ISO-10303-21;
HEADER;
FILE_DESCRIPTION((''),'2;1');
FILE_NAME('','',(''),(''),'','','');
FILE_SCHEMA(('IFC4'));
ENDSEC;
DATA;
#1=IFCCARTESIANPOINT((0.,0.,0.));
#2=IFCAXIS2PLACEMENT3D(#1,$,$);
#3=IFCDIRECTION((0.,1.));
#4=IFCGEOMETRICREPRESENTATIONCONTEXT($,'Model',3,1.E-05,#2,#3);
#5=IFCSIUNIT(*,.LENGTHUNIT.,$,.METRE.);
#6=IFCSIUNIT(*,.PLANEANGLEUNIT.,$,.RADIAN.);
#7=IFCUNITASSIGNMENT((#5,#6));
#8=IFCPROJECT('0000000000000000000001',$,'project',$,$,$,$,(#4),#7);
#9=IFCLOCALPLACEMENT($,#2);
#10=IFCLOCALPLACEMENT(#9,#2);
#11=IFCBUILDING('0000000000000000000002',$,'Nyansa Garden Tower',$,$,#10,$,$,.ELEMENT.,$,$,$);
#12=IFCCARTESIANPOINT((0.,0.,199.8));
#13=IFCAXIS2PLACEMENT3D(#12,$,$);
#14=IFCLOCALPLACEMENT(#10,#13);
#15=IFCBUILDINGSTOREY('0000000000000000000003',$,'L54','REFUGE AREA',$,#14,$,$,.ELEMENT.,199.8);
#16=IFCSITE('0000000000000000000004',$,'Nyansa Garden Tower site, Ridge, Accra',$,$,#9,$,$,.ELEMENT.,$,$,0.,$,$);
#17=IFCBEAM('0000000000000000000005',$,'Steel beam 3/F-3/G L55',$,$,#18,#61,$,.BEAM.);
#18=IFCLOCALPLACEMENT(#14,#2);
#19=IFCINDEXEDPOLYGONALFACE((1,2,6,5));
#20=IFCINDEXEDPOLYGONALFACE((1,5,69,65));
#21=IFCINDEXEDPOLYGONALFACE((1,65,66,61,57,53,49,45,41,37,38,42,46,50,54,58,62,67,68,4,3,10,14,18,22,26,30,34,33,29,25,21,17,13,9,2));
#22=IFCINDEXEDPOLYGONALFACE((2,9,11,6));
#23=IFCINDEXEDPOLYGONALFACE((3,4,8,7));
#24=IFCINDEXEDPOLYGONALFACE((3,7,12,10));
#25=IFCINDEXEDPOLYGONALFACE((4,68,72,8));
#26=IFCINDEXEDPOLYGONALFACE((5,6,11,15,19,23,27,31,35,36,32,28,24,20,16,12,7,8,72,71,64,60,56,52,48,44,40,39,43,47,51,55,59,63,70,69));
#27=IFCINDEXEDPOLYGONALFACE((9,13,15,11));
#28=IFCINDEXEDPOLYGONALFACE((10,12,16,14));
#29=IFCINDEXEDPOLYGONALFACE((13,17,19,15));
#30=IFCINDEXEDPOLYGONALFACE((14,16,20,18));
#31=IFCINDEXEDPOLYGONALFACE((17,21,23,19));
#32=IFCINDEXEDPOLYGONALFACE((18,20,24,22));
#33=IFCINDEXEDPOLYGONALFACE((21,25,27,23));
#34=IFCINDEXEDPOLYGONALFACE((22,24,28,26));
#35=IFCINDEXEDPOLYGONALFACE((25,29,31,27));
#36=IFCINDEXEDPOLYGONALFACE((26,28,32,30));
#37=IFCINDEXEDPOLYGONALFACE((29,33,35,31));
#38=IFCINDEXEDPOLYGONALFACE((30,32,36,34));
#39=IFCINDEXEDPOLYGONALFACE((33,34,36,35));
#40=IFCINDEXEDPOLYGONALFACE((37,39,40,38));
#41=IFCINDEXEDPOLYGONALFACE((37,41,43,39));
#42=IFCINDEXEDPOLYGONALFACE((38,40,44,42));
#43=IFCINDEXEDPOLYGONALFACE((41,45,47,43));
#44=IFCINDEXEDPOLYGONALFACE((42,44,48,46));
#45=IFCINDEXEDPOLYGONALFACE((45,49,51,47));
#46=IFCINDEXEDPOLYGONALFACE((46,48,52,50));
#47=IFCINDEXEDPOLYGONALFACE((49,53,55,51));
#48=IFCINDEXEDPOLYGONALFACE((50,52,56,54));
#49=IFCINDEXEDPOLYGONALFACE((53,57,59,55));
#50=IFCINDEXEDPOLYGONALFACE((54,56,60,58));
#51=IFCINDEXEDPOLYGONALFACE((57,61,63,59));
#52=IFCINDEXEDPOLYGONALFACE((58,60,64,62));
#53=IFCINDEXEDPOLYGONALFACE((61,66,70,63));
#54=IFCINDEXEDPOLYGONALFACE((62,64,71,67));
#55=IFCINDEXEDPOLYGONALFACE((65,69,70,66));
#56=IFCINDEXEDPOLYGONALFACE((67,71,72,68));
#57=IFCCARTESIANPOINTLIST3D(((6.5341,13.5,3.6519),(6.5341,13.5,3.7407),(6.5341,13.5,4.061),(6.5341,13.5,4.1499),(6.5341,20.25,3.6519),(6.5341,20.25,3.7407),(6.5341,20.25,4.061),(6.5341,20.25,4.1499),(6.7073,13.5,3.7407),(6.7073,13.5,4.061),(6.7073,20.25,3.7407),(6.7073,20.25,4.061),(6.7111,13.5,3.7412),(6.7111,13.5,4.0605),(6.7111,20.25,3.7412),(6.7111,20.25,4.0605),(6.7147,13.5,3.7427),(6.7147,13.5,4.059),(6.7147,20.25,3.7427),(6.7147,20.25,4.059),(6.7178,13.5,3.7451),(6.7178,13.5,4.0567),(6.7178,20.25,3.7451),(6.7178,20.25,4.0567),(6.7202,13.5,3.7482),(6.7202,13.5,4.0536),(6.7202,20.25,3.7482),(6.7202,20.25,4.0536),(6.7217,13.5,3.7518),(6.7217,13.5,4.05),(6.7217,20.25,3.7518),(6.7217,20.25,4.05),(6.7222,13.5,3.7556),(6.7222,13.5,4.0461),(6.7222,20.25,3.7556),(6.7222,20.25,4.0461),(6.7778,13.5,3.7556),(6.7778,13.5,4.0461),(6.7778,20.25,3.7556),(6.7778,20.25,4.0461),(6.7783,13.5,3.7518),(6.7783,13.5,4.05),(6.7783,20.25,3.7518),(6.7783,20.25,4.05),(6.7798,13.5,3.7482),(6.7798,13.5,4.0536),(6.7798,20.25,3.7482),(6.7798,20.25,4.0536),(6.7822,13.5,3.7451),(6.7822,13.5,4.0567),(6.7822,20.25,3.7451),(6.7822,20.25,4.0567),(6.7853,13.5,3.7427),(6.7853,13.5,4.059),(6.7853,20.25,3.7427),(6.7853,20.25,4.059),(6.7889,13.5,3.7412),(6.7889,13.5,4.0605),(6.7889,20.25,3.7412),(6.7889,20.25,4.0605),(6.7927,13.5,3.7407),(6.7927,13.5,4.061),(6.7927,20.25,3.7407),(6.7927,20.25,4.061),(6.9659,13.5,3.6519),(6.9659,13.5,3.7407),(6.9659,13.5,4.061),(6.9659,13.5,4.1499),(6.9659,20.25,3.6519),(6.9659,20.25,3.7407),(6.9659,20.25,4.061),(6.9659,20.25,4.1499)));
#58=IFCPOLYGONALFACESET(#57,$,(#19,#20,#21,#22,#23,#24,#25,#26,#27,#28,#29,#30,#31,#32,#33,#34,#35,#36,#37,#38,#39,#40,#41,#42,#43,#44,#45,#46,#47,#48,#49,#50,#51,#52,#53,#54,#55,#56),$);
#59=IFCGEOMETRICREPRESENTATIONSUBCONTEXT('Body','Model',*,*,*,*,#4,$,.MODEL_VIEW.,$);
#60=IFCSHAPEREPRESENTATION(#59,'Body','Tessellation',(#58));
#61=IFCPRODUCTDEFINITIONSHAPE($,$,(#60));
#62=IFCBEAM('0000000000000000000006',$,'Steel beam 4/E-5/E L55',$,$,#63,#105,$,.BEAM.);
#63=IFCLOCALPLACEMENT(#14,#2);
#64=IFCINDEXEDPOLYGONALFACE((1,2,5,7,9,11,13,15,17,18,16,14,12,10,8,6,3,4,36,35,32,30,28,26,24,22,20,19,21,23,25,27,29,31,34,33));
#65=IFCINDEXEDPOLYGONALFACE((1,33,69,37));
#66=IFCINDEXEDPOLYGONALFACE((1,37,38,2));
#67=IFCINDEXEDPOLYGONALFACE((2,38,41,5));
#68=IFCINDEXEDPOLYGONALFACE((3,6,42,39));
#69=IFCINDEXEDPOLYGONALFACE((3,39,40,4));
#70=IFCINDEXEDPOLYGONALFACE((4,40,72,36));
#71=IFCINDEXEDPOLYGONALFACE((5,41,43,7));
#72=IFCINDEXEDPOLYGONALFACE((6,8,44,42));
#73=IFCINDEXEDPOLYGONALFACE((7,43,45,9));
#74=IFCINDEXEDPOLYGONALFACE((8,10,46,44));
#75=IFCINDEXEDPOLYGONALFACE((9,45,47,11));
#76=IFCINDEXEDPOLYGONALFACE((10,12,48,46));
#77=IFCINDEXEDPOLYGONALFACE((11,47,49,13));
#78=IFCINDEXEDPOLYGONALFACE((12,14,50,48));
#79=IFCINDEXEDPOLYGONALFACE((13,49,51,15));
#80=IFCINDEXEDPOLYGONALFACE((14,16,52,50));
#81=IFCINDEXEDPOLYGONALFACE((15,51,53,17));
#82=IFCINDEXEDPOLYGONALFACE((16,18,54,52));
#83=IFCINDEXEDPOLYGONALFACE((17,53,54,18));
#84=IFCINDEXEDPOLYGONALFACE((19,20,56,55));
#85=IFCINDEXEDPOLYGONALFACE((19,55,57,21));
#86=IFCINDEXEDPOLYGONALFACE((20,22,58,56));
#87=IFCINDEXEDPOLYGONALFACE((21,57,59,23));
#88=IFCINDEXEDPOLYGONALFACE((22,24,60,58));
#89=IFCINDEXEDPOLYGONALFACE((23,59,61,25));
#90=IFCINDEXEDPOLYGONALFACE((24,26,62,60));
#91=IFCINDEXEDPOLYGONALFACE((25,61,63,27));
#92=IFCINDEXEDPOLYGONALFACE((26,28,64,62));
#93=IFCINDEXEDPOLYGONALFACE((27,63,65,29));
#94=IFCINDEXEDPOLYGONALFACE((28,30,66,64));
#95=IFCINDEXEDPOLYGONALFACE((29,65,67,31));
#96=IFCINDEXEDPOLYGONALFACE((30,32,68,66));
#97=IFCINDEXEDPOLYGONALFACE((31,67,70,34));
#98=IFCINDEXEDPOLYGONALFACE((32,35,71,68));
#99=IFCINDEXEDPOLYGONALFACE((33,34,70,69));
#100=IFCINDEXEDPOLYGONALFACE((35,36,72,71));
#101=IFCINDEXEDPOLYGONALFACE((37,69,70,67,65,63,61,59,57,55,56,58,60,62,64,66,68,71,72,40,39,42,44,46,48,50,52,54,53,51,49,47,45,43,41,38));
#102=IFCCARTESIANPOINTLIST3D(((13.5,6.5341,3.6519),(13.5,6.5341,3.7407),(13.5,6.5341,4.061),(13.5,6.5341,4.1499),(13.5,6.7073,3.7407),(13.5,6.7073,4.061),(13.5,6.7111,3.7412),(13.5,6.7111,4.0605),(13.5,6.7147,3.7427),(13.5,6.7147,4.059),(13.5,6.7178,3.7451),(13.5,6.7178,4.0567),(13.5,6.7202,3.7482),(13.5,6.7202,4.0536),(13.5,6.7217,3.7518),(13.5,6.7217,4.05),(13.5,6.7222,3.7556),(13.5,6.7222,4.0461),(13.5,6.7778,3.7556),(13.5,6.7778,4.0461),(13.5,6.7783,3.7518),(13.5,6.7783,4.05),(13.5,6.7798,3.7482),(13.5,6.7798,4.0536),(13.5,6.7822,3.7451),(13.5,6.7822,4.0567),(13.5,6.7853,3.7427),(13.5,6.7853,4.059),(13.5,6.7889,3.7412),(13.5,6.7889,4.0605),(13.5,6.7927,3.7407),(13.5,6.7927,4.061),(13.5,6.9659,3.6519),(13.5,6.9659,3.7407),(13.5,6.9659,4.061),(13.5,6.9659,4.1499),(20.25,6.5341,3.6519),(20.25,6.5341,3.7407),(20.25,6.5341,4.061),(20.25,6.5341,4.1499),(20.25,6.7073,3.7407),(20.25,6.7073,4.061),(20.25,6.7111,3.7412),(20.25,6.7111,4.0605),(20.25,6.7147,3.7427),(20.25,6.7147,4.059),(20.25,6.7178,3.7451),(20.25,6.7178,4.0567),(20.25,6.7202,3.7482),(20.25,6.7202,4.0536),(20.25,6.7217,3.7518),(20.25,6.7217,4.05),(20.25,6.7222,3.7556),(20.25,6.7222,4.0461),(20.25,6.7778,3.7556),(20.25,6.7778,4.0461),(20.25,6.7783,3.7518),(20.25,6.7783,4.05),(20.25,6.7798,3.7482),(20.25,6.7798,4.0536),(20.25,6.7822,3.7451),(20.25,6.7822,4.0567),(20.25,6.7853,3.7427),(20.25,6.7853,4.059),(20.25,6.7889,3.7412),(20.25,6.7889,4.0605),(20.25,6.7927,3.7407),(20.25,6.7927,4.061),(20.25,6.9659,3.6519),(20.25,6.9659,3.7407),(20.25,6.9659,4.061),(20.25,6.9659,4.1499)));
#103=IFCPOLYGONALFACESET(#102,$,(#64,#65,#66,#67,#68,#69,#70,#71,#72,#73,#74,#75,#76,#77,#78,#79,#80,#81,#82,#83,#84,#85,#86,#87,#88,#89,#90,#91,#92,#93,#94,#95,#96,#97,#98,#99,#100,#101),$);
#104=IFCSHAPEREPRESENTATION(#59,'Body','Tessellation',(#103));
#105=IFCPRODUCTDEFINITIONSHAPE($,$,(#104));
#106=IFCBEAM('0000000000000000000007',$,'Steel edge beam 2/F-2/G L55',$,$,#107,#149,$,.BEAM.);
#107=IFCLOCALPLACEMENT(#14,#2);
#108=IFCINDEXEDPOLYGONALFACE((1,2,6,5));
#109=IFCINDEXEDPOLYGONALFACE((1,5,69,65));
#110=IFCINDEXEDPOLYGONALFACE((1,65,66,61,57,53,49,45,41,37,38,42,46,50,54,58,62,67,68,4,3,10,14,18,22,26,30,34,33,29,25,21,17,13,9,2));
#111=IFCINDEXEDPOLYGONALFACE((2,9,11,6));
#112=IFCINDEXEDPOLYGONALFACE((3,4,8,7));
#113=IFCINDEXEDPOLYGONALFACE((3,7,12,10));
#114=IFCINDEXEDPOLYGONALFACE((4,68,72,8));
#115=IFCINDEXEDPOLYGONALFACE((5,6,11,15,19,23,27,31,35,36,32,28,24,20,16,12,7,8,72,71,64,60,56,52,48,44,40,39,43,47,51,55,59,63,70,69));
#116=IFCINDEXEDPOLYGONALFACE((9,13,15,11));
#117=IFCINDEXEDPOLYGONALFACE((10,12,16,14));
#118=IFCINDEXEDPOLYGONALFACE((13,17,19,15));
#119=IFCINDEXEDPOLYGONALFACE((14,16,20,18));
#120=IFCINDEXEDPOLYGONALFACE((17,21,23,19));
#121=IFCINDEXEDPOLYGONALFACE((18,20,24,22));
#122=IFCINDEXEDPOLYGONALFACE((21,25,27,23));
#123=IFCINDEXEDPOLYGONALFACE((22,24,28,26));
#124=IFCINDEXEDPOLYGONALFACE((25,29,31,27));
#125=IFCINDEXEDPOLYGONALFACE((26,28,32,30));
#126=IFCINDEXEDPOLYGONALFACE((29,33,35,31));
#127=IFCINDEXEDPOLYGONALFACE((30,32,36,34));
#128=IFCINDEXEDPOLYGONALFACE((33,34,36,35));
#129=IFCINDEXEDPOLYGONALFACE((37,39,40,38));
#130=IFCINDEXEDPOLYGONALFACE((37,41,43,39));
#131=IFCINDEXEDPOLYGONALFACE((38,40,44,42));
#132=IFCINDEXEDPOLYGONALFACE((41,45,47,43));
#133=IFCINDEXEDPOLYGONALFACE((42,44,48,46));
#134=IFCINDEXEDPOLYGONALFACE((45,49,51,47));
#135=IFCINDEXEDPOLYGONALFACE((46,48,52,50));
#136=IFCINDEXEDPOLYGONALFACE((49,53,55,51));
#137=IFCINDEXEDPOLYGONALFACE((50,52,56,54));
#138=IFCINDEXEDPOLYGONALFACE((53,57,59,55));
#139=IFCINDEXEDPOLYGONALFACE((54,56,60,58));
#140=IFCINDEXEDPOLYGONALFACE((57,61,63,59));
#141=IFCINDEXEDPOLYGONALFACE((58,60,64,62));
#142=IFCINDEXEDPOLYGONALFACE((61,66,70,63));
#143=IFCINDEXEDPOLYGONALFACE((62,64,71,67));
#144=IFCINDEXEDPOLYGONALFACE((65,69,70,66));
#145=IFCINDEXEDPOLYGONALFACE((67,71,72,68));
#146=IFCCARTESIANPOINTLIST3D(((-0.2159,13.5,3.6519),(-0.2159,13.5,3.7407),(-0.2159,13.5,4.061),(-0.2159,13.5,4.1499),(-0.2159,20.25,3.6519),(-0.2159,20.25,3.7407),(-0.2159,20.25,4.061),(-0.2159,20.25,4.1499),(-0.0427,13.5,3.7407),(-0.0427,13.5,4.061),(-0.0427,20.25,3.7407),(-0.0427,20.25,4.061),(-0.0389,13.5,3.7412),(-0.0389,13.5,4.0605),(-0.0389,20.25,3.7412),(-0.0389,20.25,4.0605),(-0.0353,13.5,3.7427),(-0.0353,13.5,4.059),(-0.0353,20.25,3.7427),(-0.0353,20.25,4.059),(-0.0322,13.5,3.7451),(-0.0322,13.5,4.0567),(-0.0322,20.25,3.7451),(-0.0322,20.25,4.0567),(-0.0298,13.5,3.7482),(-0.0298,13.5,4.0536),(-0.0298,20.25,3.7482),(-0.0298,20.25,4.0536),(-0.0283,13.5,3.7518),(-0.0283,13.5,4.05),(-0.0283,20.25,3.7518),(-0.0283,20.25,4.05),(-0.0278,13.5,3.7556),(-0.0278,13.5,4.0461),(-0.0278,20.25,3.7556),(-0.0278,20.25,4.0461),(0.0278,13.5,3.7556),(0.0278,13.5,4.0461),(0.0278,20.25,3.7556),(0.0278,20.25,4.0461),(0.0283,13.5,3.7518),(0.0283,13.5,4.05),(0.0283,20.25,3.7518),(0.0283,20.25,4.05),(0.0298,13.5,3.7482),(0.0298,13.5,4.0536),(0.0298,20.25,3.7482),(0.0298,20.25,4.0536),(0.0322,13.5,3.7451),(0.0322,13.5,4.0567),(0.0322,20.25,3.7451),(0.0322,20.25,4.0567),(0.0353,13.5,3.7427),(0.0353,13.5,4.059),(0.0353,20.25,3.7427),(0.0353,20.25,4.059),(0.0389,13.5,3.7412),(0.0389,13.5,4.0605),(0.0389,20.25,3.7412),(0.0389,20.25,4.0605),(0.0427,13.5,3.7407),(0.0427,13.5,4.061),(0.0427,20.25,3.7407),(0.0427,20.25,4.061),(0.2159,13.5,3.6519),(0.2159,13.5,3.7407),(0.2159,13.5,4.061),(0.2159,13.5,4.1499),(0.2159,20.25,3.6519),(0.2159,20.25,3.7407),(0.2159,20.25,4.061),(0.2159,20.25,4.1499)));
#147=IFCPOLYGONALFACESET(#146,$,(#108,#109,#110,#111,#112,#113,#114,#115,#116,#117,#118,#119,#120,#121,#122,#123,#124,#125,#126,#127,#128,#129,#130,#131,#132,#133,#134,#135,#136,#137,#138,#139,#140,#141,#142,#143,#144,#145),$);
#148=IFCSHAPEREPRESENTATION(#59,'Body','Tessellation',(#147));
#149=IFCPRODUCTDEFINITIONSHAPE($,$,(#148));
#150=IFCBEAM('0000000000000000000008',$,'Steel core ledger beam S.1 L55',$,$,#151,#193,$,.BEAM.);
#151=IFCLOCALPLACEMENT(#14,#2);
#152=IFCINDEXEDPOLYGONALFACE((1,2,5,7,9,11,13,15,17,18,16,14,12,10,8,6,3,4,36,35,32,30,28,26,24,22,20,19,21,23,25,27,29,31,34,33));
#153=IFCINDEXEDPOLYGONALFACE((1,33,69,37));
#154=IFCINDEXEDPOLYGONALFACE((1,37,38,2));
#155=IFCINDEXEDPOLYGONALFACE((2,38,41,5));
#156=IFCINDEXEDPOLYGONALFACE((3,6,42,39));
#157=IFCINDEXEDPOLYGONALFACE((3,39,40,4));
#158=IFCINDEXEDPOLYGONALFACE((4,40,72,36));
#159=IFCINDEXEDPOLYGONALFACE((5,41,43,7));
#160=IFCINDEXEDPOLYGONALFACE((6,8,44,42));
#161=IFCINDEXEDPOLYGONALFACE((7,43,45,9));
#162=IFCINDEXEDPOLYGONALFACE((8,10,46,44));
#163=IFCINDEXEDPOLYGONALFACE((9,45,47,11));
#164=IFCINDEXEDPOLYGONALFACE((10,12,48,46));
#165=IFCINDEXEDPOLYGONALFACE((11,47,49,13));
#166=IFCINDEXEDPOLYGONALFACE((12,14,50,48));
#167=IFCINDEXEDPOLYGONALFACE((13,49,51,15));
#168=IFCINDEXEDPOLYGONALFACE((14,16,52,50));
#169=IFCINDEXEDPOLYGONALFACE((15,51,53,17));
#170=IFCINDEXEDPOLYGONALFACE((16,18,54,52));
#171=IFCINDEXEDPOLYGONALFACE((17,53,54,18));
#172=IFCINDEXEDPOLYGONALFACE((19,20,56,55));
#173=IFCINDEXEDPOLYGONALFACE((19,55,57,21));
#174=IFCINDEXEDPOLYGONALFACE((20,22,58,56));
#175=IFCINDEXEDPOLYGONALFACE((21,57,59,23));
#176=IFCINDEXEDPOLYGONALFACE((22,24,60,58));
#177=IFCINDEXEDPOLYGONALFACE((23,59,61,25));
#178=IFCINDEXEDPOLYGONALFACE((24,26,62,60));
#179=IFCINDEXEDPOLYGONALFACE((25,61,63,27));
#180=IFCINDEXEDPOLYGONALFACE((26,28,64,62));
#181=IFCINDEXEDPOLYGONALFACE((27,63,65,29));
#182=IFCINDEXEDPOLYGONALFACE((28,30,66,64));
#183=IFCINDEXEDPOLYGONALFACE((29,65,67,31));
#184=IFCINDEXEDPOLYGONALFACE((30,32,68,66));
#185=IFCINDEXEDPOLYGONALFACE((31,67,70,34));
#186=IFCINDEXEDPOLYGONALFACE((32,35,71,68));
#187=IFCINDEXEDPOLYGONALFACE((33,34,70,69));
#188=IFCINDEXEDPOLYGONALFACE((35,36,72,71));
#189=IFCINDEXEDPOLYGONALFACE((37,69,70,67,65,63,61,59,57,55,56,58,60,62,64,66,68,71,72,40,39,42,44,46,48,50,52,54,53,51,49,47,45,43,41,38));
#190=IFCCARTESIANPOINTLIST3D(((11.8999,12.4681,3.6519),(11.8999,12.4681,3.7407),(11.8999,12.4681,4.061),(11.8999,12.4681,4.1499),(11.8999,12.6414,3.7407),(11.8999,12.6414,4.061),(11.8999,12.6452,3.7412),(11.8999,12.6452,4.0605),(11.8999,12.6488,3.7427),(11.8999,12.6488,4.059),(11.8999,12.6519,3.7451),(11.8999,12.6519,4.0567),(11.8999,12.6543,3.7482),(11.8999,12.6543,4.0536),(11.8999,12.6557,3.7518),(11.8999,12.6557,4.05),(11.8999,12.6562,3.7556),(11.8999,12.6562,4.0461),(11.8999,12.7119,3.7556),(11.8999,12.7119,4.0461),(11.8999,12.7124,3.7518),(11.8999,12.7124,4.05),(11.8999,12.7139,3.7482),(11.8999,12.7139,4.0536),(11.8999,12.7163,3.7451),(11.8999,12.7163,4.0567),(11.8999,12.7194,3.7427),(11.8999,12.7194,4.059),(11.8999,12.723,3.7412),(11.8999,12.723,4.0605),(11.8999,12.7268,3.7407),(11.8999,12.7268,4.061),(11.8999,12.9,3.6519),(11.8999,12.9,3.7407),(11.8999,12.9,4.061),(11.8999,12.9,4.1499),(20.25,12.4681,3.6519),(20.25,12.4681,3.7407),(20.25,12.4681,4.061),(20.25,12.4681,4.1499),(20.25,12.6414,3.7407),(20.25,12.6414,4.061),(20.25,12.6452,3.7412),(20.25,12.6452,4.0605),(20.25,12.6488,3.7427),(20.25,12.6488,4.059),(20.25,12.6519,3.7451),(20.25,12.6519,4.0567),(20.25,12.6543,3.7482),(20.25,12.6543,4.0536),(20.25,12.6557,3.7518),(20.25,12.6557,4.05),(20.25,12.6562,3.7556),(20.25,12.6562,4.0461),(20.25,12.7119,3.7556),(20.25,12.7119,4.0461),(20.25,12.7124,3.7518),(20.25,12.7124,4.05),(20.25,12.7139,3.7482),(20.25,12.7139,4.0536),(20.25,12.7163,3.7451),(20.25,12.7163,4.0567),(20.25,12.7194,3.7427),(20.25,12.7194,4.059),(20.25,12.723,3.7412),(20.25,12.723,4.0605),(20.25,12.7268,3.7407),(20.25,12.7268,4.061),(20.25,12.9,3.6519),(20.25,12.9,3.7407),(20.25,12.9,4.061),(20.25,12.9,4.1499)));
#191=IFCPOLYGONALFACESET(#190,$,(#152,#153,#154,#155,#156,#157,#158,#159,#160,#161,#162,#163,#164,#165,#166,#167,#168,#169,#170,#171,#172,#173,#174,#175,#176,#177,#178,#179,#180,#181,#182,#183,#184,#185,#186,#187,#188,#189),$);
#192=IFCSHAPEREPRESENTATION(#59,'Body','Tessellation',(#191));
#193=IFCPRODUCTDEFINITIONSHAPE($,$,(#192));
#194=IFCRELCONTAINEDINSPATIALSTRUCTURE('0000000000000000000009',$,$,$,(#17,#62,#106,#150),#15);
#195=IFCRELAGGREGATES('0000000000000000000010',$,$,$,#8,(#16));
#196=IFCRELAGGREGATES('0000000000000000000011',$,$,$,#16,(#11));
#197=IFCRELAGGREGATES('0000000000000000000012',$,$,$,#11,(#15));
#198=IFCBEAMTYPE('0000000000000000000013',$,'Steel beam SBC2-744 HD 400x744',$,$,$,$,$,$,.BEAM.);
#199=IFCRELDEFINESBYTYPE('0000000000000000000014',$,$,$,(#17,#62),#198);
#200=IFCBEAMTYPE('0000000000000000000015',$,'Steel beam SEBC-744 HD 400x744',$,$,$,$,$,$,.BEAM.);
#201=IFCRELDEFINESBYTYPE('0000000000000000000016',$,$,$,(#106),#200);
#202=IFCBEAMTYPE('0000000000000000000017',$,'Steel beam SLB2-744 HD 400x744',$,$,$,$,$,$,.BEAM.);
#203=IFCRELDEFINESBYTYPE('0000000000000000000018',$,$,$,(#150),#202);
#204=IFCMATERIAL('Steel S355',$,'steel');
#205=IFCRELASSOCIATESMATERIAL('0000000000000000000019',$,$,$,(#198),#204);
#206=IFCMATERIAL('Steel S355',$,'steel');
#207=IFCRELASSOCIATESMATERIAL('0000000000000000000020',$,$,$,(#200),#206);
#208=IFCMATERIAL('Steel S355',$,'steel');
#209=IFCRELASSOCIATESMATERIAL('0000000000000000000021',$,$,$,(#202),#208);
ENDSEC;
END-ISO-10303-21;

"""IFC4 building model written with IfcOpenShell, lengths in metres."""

from ifc_helpers import new_model, si_unit, direction, frame, origin, origin_2d, place, context, subcontext, project, spatial, i_section, extrude, material, material_profile, profile_set, type_object, element, save


model = new_model("IFC4")

# Units and contexts
model_context = context("Model", 3, precision=1e-05, world=origin(), true_north=direction((0.0, 1.0)))
body_context = subcontext(model_context, "Body", "Model", "MODEL_VIEW")
ifc_project = project(units=[si_unit("LENGTHUNIT", "METRE"), si_unit("PLANEANGLEUNIT", "RADIAN")], contexts=[model_context])

# Site, building, storey
site_placement = place(None, origin())
site = spatial("IfcSite", under=ifc_project, at=site_placement, Name="Nyansa Garden Tower site, Ridge, Accra", CompositionType="ELEMENT", RefElevation=0.0)
building_placement = place(site_placement, origin())
building = spatial("IfcBuilding", under=site, at=building_placement, Name="Nyansa Garden Tower", CompositionType="ELEMENT")
storey_placement = place(building_placement, frame((0.0, 0.0, 199.8)))
storey = spatial("IfcBuildingStorey", under=building, at=storey_placement, Name="L54", Description="REFUGE AREA", CompositionType="ELEMENT", Elevation=199.8)

# Beams
ifc_material_1 = material(Name="Steel S355", Category="steel")
ifc_material_profile_1 = material_profile(ifc_material_1, i_section(OverallWidth=0.4319, OverallDepth=0.498, WebThickness=0.0557, FlangeThickness=0.0889, FilletRadius=0.0149, at=origin_2d()), Name="HD 400x744")
ifc_profile_set_1 = profile_set([ifc_material_profile_1], Name="Steel S355")
beam_type_1 = type_object("IfcBeamType", Name="Steel beam SBC2-744 HD 400x744", PredefinedType="BEAM", material=ifc_profile_set_1)
for number, where, z_axis, x_axis, name in (
    (1, (6.75, 13.5, 3.9009), (0.0, 1.0, 0.0), (-1.0, 0.0, 0.0), "Steel beam 3/F-3/G L55"),
    (2, (13.5, 6.75, 3.9009), (1.0, 0.0, 0.0), (0.0, 1.0, 0.0), "Steel beam 4/E-5/E L55"),
):
    element("IfcBeam", number, at=place(storey_placement, frame(where, z_axis=z_axis, x_axis=x_axis)), inside=storey, type_object=beam_type_1, Name=name, PredefinedType="BEAM", context=body_context, shape_type="SweptSolid", body=[
        extrude(i_section(OverallWidth=0.4319, OverallDepth=0.498, WebThickness=0.0557, FlangeThickness=0.0889, FilletRadius=0.0149, at=origin_2d()), origin(), (0.0, 0.0, 1.0), 6.75),
    ])
ifc_material_2 = material(Name="Steel S355", Category="steel")
ifc_material_profile_2 = material_profile(ifc_material_2, i_section(OverallWidth=0.4319, OverallDepth=0.498, WebThickness=0.0557, FlangeThickness=0.0889, FilletRadius=0.0149, at=origin_2d()), Name="HD 400x744")
ifc_profile_set_2 = profile_set([ifc_material_profile_2], Name="Steel S355")
beam_type_2 = type_object("IfcBeamType", Name="Steel beam SEBC-744 HD 400x744", PredefinedType="BEAM", material=ifc_profile_set_2)
beam_1_placement = place(storey_placement, frame((0.0, 13.5, 3.9009), z_axis=(0.0, 1.0, 0.0), x_axis=(-1.0, 0.0, 0.0)))
element("IfcBeam", 3, at=beam_1_placement, inside=storey, type_object=beam_type_2, Name="Steel edge beam 2/F-2/G L55", PredefinedType="BEAM", context=body_context, shape_type="SweptSolid", body=[
    extrude(i_section(OverallWidth=0.4319, OverallDepth=0.498, WebThickness=0.0557, FlangeThickness=0.0889, FilletRadius=0.0149, at=origin_2d()), origin(), (0.0, 0.0, 1.0), 6.75),
])
ifc_material_3 = material(Name="Steel S355", Category="steel")
ifc_material_profile_3 = material_profile(ifc_material_3, i_section(OverallWidth=0.4319, OverallDepth=0.498, WebThickness=0.0557, FlangeThickness=0.0889, FilletRadius=0.0149, at=origin_2d()), Name="HD 400x744")
ifc_profile_set_3 = profile_set([ifc_material_profile_3], Name="Steel S355")
beam_type_3 = type_object("IfcBeamType", Name="Steel beam SLB2-744 HD 400x744", PredefinedType="BEAM", material=ifc_profile_set_3)
beam_2_placement = place(storey_placement, frame((11.8999, 12.6841, 3.9009), z_axis=(1.0, 0.0, 0.0), x_axis=(0.0, 1.0, 0.0)))
element("IfcBeam", 4, at=beam_2_placement, inside=storey, type_object=beam_type_3, Name="Steel core ledger beam S.1 L55", PredefinedType="BEAM", context=body_context, shape_type="SweptSolid", body=[
    extrude(i_section(OverallWidth=0.4319, OverallDepth=0.498, WebThickness=0.0557, FlangeThickness=0.0889, FilletRadius=0.0149, at=origin_2d()), origin(), (0.0, 0.0, 1.0), 8.3501),
])

save(model, "model.ifc")
